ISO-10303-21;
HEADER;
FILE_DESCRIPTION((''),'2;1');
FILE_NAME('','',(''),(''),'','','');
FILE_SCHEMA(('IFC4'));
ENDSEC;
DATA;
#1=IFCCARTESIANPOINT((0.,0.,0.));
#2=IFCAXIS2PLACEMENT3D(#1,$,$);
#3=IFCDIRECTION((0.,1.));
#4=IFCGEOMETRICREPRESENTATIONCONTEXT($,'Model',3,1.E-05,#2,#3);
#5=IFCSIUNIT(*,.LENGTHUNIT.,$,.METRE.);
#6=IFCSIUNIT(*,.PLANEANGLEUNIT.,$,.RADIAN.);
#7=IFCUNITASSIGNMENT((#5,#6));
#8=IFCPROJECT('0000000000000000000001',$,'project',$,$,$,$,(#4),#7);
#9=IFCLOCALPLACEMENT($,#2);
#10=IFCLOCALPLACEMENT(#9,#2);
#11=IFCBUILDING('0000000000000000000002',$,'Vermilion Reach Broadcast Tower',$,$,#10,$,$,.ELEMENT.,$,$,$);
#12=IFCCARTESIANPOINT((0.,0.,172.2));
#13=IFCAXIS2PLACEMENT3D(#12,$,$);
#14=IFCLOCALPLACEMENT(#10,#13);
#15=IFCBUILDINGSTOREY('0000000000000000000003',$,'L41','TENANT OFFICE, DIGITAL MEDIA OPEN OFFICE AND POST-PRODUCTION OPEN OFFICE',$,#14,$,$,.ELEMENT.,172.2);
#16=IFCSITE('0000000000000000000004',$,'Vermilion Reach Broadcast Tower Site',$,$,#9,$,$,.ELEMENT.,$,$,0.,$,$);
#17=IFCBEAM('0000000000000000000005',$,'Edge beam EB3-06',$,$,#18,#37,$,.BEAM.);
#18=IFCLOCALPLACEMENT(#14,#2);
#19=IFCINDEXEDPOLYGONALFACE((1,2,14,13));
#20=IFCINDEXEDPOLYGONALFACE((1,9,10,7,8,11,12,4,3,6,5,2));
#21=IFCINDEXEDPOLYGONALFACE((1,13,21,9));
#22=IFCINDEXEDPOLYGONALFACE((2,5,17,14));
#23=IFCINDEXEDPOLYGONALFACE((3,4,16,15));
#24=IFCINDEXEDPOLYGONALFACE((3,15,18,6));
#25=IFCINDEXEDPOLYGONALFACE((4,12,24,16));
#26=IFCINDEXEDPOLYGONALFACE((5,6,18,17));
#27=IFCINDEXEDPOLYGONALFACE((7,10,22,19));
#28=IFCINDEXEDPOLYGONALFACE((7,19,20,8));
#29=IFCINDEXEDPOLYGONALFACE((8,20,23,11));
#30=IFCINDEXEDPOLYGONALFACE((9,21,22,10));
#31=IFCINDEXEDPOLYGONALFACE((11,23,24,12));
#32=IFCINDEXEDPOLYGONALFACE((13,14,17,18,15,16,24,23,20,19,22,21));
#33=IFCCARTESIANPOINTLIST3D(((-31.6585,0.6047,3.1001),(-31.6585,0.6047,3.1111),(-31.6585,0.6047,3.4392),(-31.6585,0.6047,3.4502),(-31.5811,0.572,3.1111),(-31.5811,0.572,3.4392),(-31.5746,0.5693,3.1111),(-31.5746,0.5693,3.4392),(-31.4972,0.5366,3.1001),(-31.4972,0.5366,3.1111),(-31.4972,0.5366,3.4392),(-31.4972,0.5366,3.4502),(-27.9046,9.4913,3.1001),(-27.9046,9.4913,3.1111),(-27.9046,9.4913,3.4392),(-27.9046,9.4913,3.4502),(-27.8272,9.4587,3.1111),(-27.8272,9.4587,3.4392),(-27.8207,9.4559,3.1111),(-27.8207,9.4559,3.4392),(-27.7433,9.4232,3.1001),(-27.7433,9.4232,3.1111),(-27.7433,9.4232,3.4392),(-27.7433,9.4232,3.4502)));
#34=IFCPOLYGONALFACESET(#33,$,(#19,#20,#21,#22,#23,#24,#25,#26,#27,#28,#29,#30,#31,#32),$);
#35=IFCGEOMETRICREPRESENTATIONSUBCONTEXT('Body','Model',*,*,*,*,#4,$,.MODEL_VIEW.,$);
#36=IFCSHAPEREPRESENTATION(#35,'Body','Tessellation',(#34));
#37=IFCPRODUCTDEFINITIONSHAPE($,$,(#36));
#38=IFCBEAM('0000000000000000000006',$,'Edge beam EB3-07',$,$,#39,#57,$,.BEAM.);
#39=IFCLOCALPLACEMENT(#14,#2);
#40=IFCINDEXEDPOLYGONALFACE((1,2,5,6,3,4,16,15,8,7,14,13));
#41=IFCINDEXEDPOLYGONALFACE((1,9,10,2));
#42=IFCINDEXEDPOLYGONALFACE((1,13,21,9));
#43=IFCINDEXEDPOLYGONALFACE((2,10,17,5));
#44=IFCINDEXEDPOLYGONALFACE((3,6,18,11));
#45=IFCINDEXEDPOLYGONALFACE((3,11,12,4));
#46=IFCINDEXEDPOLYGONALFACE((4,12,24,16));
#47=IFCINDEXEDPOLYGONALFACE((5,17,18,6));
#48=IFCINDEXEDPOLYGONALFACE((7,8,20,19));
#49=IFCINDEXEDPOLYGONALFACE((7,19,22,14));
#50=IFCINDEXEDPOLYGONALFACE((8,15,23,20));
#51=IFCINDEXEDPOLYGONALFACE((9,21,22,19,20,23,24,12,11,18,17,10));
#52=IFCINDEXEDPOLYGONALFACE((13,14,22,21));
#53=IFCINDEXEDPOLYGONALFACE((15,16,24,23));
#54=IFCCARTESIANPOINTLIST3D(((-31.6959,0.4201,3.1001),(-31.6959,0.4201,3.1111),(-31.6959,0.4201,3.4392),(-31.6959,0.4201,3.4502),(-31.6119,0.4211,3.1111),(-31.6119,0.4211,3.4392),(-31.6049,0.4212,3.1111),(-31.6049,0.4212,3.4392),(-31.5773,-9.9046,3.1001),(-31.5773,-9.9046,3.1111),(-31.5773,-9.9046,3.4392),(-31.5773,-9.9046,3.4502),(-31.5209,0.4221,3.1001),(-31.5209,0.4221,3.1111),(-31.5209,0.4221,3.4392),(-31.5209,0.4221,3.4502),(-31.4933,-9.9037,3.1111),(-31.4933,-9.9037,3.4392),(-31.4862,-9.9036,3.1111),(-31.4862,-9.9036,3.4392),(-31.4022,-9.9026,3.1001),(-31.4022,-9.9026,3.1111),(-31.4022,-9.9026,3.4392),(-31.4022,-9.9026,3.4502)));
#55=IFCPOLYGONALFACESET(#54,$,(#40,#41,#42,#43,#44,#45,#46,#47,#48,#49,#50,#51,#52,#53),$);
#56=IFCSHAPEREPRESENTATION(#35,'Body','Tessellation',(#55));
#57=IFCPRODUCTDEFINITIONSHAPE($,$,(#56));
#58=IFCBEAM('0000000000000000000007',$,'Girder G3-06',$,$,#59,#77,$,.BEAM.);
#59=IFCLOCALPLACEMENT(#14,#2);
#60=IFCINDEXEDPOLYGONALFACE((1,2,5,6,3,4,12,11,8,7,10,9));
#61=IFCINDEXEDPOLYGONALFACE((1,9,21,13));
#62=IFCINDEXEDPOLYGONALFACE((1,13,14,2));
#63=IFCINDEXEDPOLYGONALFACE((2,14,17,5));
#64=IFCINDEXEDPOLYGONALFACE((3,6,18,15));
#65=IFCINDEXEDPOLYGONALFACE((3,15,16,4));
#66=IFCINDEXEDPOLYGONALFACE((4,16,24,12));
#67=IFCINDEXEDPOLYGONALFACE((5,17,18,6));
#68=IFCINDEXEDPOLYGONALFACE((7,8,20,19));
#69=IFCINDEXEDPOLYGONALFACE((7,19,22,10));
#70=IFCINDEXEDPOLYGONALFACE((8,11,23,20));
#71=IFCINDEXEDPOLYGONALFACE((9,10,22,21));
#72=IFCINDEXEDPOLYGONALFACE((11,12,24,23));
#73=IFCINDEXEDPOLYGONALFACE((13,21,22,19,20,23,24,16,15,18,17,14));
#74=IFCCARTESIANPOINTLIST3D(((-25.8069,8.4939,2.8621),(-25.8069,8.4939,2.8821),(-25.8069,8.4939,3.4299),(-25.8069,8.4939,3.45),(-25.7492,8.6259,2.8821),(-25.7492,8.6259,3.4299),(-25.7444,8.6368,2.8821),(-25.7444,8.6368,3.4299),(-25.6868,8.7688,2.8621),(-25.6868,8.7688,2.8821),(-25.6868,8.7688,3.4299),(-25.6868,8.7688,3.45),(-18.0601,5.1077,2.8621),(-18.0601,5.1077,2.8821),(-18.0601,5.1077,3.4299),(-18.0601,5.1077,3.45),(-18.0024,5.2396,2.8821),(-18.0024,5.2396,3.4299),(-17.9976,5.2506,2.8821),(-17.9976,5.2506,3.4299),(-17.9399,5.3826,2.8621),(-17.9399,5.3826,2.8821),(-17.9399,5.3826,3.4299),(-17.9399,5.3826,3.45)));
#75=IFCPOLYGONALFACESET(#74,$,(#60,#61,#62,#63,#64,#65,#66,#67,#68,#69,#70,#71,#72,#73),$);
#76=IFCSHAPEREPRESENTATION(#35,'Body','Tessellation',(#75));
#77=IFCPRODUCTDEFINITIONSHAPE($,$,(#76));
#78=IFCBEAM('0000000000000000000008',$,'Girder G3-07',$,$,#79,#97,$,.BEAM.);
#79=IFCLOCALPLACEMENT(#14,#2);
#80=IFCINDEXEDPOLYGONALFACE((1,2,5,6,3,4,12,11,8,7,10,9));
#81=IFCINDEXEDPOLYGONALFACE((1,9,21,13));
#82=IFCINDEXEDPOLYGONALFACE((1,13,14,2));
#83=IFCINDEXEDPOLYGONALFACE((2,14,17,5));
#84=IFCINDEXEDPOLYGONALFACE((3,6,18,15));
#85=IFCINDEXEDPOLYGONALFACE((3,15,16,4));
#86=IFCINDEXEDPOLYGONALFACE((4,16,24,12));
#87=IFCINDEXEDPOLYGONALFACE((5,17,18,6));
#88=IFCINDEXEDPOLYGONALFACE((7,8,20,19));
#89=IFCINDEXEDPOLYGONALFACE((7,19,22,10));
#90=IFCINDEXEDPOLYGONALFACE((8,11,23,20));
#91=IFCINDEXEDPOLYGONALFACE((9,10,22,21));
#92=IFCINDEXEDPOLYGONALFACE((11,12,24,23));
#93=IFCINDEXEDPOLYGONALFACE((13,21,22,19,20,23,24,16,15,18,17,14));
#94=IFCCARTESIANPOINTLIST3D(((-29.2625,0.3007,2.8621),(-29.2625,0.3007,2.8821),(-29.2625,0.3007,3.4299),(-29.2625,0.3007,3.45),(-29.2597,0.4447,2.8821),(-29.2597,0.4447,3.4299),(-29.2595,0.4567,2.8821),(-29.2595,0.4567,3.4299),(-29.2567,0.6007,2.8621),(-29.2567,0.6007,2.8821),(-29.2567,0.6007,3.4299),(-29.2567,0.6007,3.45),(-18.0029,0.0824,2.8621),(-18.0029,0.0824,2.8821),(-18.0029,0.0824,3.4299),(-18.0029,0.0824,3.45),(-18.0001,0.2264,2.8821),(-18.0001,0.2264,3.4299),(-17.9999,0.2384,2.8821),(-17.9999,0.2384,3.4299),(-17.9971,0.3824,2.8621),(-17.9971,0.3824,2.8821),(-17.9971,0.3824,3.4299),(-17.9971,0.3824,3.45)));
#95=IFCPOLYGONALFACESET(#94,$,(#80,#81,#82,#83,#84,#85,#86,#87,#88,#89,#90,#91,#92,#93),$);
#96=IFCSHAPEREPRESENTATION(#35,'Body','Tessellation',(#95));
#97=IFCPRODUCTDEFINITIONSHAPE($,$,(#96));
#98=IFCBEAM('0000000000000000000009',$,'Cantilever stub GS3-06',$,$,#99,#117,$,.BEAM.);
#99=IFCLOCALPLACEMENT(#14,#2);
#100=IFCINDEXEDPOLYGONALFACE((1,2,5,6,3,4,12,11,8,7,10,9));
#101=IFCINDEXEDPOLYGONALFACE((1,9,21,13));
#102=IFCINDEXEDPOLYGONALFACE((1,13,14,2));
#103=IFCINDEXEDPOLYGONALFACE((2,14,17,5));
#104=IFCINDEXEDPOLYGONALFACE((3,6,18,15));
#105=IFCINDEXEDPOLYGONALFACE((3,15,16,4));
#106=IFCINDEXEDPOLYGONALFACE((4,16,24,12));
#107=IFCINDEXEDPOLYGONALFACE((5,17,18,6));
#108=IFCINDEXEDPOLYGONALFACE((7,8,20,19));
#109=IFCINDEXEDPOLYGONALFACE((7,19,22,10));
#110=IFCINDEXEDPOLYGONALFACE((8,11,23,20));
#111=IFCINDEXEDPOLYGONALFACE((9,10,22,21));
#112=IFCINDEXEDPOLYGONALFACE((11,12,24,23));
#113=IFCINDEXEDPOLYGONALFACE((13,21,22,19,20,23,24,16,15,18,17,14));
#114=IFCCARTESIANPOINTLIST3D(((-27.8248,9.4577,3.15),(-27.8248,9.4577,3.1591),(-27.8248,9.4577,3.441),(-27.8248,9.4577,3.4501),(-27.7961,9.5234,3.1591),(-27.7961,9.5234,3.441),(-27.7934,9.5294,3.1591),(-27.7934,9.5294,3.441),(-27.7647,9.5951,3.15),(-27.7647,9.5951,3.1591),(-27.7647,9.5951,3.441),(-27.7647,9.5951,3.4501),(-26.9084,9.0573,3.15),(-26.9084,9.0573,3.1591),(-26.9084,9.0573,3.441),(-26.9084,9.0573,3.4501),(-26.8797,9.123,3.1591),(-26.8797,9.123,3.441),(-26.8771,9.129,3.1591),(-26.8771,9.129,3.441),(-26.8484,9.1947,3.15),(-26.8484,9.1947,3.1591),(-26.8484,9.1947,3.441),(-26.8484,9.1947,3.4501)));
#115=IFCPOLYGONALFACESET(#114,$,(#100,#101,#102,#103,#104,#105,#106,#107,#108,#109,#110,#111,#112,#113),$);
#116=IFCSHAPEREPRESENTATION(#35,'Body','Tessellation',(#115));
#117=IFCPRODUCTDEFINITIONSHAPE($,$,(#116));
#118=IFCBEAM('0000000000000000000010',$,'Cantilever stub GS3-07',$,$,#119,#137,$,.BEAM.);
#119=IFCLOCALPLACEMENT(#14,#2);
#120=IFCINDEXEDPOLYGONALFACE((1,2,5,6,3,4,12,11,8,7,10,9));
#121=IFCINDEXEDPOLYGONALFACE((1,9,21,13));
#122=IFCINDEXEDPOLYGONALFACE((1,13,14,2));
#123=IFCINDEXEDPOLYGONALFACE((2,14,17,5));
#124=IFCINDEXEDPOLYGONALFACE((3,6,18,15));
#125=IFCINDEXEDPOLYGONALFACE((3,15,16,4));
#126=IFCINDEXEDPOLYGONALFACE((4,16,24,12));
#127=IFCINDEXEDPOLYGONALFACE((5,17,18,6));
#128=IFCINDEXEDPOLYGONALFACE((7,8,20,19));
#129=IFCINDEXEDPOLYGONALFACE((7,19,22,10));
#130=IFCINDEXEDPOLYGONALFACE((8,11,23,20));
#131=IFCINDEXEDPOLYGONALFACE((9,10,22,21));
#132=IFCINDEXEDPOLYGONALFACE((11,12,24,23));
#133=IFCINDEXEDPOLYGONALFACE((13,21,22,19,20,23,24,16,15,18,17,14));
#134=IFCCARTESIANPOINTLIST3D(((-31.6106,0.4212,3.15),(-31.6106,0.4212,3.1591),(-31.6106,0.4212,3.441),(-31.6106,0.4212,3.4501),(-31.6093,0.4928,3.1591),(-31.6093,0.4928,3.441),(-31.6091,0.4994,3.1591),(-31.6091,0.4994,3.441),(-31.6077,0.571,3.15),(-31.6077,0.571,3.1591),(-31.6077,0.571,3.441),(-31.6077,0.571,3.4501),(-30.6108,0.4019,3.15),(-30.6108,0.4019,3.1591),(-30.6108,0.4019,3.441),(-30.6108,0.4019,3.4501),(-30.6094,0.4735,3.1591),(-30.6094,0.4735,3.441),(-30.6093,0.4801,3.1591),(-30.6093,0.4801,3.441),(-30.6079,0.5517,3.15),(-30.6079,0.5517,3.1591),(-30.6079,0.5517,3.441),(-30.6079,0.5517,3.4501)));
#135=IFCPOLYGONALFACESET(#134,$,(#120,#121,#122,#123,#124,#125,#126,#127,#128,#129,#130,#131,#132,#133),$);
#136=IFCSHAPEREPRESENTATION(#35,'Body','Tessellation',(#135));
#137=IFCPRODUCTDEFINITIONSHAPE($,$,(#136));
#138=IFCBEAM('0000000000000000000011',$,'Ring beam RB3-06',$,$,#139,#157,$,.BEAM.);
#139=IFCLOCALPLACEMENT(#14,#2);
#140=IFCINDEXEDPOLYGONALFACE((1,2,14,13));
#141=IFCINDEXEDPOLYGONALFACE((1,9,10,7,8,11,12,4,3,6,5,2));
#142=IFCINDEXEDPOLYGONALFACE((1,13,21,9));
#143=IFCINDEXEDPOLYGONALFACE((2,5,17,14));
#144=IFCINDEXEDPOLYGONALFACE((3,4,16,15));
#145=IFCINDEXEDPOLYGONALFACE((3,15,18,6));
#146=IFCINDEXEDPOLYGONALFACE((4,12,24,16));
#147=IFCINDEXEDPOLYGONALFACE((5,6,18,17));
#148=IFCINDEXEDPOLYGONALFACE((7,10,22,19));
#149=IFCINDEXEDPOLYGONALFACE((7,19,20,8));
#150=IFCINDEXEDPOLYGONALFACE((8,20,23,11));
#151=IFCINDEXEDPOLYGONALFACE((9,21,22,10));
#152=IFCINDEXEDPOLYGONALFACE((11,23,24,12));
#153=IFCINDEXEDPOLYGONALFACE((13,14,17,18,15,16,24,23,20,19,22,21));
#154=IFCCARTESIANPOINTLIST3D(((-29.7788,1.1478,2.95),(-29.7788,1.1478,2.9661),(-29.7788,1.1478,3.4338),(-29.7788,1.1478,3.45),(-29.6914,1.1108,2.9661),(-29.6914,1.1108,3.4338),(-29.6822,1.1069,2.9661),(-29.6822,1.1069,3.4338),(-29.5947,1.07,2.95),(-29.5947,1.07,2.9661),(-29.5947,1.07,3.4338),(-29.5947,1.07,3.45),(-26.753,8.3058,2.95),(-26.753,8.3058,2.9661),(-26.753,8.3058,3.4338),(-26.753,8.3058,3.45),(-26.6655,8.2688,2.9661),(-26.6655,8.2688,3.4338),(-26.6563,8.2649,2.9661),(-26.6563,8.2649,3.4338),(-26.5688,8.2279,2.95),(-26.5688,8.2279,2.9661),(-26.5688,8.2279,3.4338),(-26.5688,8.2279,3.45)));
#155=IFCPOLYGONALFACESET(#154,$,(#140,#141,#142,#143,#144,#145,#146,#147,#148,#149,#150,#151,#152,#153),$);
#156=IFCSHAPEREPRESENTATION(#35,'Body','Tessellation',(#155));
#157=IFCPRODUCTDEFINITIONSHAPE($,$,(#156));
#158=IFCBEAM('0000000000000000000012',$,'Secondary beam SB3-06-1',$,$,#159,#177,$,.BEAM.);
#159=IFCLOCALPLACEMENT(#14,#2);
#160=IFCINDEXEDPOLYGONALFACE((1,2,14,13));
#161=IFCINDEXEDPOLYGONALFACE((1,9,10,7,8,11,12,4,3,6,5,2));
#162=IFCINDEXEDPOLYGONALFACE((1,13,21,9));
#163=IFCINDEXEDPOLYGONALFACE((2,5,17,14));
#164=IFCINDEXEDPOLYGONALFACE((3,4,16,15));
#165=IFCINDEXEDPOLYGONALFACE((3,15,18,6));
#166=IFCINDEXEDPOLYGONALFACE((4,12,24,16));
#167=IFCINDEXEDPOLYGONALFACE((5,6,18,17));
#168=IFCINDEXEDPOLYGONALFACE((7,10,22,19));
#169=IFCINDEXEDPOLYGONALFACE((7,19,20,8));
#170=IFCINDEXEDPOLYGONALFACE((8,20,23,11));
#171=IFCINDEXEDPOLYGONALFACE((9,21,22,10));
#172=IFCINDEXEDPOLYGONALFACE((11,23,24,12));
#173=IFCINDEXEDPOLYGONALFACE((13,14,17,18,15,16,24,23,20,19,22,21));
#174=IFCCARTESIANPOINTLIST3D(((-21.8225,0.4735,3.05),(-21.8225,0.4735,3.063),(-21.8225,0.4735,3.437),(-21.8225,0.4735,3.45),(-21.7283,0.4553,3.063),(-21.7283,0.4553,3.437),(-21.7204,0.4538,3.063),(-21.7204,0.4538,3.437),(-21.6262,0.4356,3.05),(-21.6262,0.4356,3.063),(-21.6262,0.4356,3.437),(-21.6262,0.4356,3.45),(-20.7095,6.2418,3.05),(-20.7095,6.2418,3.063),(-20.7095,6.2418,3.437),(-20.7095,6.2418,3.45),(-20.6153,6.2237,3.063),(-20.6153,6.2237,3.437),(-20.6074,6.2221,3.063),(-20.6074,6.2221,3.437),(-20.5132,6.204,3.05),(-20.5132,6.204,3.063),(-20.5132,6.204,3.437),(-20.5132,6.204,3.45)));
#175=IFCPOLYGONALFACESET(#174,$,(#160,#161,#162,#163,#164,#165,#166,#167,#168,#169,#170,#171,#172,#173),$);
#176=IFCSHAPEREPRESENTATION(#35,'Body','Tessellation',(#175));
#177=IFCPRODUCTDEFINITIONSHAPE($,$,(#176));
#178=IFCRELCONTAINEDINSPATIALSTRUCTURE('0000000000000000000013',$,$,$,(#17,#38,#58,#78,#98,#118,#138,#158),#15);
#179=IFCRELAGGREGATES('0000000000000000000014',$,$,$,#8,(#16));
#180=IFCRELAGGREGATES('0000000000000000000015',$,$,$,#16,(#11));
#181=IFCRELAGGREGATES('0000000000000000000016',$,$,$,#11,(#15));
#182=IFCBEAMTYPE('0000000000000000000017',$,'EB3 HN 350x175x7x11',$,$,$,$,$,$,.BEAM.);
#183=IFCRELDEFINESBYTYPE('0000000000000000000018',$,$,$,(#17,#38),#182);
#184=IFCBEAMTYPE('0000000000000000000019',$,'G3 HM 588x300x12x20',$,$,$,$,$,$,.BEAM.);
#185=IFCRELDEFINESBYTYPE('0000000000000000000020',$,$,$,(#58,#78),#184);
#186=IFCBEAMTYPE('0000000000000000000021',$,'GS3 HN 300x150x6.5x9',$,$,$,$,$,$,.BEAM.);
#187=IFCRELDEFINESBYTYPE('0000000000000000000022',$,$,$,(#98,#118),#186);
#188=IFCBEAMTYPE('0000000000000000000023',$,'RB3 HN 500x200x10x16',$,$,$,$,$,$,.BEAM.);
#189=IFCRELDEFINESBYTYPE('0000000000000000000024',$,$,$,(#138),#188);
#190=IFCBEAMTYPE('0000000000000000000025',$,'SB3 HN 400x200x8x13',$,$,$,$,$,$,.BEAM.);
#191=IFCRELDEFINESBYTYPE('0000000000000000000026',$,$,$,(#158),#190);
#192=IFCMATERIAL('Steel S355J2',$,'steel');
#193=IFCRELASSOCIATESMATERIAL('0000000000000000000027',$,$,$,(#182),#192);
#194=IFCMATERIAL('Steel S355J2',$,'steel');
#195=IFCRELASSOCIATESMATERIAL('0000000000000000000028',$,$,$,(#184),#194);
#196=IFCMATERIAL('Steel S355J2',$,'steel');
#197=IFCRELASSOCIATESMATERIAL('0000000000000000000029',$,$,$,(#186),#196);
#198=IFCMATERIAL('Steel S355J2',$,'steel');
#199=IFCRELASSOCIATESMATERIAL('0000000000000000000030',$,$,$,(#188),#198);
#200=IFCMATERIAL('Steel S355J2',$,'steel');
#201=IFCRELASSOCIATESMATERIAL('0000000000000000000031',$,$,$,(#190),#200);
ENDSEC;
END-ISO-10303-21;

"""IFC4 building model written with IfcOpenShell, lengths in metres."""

from ifc_helpers import new_model, si_unit, direction, frame, origin, origin_2d, place, context, subcontext, project, spatial, i_section, extrude, material, material_profile, profile_set, type_object, element, save


model = new_model("IFC4")

# Units and contexts
model_context = context("Model", 3, precision=1e-05, world=origin(), true_north=direction((0.0, 1.0)))
body_context = subcontext(model_context, "Body", "Model", "MODEL_VIEW")
ifc_project = project(units=[si_unit("LENGTHUNIT", "METRE"), si_unit("PLANEANGLEUNIT", "RADIAN")], contexts=[model_context])

# Site, building, storey
site_placement = place(None, origin())
site = spatial("IfcSite", under=ifc_project, at=site_placement, Name="Vermilion Reach Broadcast Tower Site", CompositionType="ELEMENT", RefElevation=0.0)
building_placement = place(site_placement, origin())
building = spatial("IfcBuilding", under=site, at=building_placement, Name="Vermilion Reach Broadcast Tower", CompositionType="ELEMENT")
storey_placement = place(building_placement, frame((0.0, 0.0, 172.2)))
storey = spatial("IfcBuildingStorey", under=building, at=storey_placement, Name="L41", Description="TENANT OFFICE, DIGITAL MEDIA OPEN OFFICE AND POST-PRODUCTION OPEN OFFICE", CompositionType="ELEMENT", Elevation=172.2)

# Beams
ifc_material_1 = material(Name="Steel S355J2", Category="steel")
ifc_material_profile_1 = material_profile(ifc_material_1, i_section(OverallWidth=0.175, OverallDepth=0.3501, WebThickness=0.0071, FlangeThickness=0.011, at=origin_2d()), Name="S355J2 HN 350x175x7x11")
ifc_profile_set_1 = profile_set([ifc_material_profile_1], Name="Steel S355J2")
beam_type_1 = type_object("IfcBeamType", Name="EB3 HN 350x175x7x11", PredefinedType="BEAM", material=ifc_profile_set_1)
beam_1_placement = place(storey_placement, frame((-27.824, 9.4573, 3.2751), z_axis=(-0.389125, -0.921185, 0.0), x_axis=(0.921185, -0.389125, 0.0)))
element("IfcBeam", 1, at=beam_1_placement, inside=storey, type_object=beam_type_1, Name="Edge beam EB3-06", PredefinedType="BEAM", context=body_context, shape_type="SweptSolid", body=[
    extrude(i_section(OverallWidth=0.175, OverallDepth=0.3501, WebThickness=0.0071, FlangeThickness=0.011, at=origin_2d()), origin(), (0.0, 0.0, 1.0), 9.647),
])
beam_2_placement = place(storey_placement, frame((-31.6084, 0.4211, 3.2751), z_axis=(0.011491, -0.999934, 0.0), x_axis=(0.999934, 0.011491, 0.0)))
element("IfcBeam", 2, at=beam_2_placement, inside=storey, type_object=beam_type_1, Name="Edge beam EB3-07", PredefinedType="BEAM", context=body_context, shape_type="SweptSolid", body=[
    extrude(i_section(OverallWidth=0.175, OverallDepth=0.3501, WebThickness=0.0071, FlangeThickness=0.011, at=origin_2d()), origin(), (0.0, 0.0, 1.0), 10.3254),
])
ifc_material_2 = material(Name="Steel S355J2", Category="steel")
ifc_material_profile_2 = material_profile(ifc_material_2, i_section(OverallWidth=0.3, OverallDepth=0.5879, WebThickness=0.012, FlangeThickness=0.02, at=origin_2d()), Name="S355J2 HM 588x300x12x20")
ifc_profile_set_2 = profile_set([ifc_material_profile_2], Name="Steel S355J2")
beam_type_2 = type_object("IfcBeamType", Name="G3 HM 588x300x12x20", PredefinedType="BEAM", material=ifc_profile_set_2)
beam_3_placement = place(storey_placement, frame((-18.0, 5.2451, 3.156), z_axis=(-0.916288, 0.40052, 0.0), x_axis=(-0.40052, -0.916288, 0.0)))
element("IfcBeam", 3, at=beam_3_placement, inside=storey, type_object=beam_type_2, Name="Girder G3-06", PredefinedType="BEAM", context=body_context, shape_type="SweptSolid", body=[
    extrude(i_section(OverallWidth=0.3, OverallDepth=0.5879, WebThickness=0.012, FlangeThickness=0.02, at=origin_2d()), origin(), (0.0, 0.0, 1.0), 8.4546),
])
beam_4_placement = place(storey_placement, frame((-18.0, 0.2324, 3.156), z_axis=(-0.999812, 0.019381, 0.0), x_axis=(-0.019381, -0.999812, 0.0)))
element("IfcBeam", 4, at=beam_4_placement, inside=storey, type_object=beam_type_2, Name="Girder G3-07", PredefinedType="BEAM", context=body_context, shape_type="SweptSolid", body=[
    extrude(i_section(OverallWidth=0.3, OverallDepth=0.5879, WebThickness=0.012, FlangeThickness=0.02, at=origin_2d()), origin(), (0.0, 0.0, 1.0), 11.2617),
])
ifc_material_3 = material(Name="Steel S355J2", Category="steel")
ifc_material_profile_3 = material_profile(ifc_material_3, i_section(OverallWidth=0.1499, OverallDepth=0.3, WebThickness=0.0066, FlangeThickness=0.009, at=origin_2d()), Name="S355J2 HN 300x150x6.5x9")
ifc_profile_set_3 = profile_set([ifc_material_profile_3], Name="Steel S355J2")
beam_type_3 = type_object("IfcBeamType", Name="GS3 HN 300x150x6.5x9", PredefinedType="BEAM", material=ifc_profile_set_3)
for number, where, z_axis, x_axis, name in (
    (5, (-26.8784, 9.126, 3.3), (-0.916331, 0.400422, 0.0), (-0.400422, -0.916331, 0.0), "Cantilever stub GS3-06"),
    (6, (-30.6094, 0.4768, 3.3), (-0.999814, 0.019288, 0.0), (-0.019288, -0.999814, 0.0), "Cantilever stub GS3-07"),
):
    element("IfcBeam", number, at=place(storey_placement, frame(where, z_axis=z_axis, x_axis=x_axis)), inside=storey, type_object=beam_type_3, Name=name, PredefinedType="BEAM", context=body_context, shape_type="SweptSolid", body=[
        extrude(i_section(OverallWidth=0.1499, OverallDepth=0.3, WebThickness=0.0066, FlangeThickness=0.009, at=origin_2d()), origin(), (0.0, 0.0, 1.0), 1.0),
    ])
ifc_material_4 = material(Name="Steel S355J2", Category="steel")
ifc_material_profile_4 = material_profile(ifc_material_4, i_section(OverallWidth=0.2, OverallDepth=0.5, WebThickness=0.01, FlangeThickness=0.0161, at=origin_2d()), Name="S355J2 HN 500x200x10x16")
ifc_profile_set_4 = profile_set([ifc_material_profile_4], Name="Steel S355J2")
beam_type_4 = type_object("IfcBeamType", Name="RB3 HN 500x200x10x16", PredefinedType="BEAM", material=ifc_profile_set_4)
beam_5_placement = place(storey_placement, frame((-26.6609, 8.2668, 3.2), z_axis=(-0.389368, -0.921082, 0.0), x_axis=(0.921082, -0.389368, 0.0)))
element("IfcBeam", 7, at=beam_5_placement, inside=storey, type_object=beam_type_4, Name="Ring beam RB3-06", PredefinedType="BEAM", context=body_context, shape_type="SweptSolid", body=[
    extrude(i_section(OverallWidth=0.2, OverallDepth=0.5, WebThickness=0.01, FlangeThickness=0.0161, at=origin_2d()), origin(), (0.0, 0.0, 1.0), 7.7712),
])
ifc_material_5 = material(Name="Steel S355J2", Category="steel")
ifc_material_profile_5 = material_profile(ifc_material_5, i_section(OverallWidth=0.2, OverallDepth=0.3999, WebThickness=0.0081, FlangeThickness=0.0129, at=origin_2d()), Name="S355J2 HN 400x200x8x13")
ifc_profile_set_5 = profile_set([ifc_material_profile_5], Name="Steel S355J2")
beam_type_5 = type_object("IfcBeamType", Name="SB3 HN 400x200x8x13", PredefinedType="BEAM", material=ifc_profile_set_5)
beam_6_placement = place(storey_placement, frame((-20.6113, 6.2229, 3.25), z_axis=(-0.189462, -0.981888, 0.0), x_axis=(0.981888, -0.189462, 0.0)))
element("IfcBeam", 8, at=beam_6_placement, inside=storey, type_object=beam_type_5, Name="Secondary beam SB3-06-1", PredefinedType="BEAM", context=body_context, shape_type="SweptSolid", body=[
    extrude(i_section(OverallWidth=0.2, OverallDepth=0.3999, WebThickness=0.0081, FlangeThickness=0.0129, at=origin_2d()), origin(), (0.0, 0.0, 1.0), 5.8748),
])

save(model, "model.ifc")
